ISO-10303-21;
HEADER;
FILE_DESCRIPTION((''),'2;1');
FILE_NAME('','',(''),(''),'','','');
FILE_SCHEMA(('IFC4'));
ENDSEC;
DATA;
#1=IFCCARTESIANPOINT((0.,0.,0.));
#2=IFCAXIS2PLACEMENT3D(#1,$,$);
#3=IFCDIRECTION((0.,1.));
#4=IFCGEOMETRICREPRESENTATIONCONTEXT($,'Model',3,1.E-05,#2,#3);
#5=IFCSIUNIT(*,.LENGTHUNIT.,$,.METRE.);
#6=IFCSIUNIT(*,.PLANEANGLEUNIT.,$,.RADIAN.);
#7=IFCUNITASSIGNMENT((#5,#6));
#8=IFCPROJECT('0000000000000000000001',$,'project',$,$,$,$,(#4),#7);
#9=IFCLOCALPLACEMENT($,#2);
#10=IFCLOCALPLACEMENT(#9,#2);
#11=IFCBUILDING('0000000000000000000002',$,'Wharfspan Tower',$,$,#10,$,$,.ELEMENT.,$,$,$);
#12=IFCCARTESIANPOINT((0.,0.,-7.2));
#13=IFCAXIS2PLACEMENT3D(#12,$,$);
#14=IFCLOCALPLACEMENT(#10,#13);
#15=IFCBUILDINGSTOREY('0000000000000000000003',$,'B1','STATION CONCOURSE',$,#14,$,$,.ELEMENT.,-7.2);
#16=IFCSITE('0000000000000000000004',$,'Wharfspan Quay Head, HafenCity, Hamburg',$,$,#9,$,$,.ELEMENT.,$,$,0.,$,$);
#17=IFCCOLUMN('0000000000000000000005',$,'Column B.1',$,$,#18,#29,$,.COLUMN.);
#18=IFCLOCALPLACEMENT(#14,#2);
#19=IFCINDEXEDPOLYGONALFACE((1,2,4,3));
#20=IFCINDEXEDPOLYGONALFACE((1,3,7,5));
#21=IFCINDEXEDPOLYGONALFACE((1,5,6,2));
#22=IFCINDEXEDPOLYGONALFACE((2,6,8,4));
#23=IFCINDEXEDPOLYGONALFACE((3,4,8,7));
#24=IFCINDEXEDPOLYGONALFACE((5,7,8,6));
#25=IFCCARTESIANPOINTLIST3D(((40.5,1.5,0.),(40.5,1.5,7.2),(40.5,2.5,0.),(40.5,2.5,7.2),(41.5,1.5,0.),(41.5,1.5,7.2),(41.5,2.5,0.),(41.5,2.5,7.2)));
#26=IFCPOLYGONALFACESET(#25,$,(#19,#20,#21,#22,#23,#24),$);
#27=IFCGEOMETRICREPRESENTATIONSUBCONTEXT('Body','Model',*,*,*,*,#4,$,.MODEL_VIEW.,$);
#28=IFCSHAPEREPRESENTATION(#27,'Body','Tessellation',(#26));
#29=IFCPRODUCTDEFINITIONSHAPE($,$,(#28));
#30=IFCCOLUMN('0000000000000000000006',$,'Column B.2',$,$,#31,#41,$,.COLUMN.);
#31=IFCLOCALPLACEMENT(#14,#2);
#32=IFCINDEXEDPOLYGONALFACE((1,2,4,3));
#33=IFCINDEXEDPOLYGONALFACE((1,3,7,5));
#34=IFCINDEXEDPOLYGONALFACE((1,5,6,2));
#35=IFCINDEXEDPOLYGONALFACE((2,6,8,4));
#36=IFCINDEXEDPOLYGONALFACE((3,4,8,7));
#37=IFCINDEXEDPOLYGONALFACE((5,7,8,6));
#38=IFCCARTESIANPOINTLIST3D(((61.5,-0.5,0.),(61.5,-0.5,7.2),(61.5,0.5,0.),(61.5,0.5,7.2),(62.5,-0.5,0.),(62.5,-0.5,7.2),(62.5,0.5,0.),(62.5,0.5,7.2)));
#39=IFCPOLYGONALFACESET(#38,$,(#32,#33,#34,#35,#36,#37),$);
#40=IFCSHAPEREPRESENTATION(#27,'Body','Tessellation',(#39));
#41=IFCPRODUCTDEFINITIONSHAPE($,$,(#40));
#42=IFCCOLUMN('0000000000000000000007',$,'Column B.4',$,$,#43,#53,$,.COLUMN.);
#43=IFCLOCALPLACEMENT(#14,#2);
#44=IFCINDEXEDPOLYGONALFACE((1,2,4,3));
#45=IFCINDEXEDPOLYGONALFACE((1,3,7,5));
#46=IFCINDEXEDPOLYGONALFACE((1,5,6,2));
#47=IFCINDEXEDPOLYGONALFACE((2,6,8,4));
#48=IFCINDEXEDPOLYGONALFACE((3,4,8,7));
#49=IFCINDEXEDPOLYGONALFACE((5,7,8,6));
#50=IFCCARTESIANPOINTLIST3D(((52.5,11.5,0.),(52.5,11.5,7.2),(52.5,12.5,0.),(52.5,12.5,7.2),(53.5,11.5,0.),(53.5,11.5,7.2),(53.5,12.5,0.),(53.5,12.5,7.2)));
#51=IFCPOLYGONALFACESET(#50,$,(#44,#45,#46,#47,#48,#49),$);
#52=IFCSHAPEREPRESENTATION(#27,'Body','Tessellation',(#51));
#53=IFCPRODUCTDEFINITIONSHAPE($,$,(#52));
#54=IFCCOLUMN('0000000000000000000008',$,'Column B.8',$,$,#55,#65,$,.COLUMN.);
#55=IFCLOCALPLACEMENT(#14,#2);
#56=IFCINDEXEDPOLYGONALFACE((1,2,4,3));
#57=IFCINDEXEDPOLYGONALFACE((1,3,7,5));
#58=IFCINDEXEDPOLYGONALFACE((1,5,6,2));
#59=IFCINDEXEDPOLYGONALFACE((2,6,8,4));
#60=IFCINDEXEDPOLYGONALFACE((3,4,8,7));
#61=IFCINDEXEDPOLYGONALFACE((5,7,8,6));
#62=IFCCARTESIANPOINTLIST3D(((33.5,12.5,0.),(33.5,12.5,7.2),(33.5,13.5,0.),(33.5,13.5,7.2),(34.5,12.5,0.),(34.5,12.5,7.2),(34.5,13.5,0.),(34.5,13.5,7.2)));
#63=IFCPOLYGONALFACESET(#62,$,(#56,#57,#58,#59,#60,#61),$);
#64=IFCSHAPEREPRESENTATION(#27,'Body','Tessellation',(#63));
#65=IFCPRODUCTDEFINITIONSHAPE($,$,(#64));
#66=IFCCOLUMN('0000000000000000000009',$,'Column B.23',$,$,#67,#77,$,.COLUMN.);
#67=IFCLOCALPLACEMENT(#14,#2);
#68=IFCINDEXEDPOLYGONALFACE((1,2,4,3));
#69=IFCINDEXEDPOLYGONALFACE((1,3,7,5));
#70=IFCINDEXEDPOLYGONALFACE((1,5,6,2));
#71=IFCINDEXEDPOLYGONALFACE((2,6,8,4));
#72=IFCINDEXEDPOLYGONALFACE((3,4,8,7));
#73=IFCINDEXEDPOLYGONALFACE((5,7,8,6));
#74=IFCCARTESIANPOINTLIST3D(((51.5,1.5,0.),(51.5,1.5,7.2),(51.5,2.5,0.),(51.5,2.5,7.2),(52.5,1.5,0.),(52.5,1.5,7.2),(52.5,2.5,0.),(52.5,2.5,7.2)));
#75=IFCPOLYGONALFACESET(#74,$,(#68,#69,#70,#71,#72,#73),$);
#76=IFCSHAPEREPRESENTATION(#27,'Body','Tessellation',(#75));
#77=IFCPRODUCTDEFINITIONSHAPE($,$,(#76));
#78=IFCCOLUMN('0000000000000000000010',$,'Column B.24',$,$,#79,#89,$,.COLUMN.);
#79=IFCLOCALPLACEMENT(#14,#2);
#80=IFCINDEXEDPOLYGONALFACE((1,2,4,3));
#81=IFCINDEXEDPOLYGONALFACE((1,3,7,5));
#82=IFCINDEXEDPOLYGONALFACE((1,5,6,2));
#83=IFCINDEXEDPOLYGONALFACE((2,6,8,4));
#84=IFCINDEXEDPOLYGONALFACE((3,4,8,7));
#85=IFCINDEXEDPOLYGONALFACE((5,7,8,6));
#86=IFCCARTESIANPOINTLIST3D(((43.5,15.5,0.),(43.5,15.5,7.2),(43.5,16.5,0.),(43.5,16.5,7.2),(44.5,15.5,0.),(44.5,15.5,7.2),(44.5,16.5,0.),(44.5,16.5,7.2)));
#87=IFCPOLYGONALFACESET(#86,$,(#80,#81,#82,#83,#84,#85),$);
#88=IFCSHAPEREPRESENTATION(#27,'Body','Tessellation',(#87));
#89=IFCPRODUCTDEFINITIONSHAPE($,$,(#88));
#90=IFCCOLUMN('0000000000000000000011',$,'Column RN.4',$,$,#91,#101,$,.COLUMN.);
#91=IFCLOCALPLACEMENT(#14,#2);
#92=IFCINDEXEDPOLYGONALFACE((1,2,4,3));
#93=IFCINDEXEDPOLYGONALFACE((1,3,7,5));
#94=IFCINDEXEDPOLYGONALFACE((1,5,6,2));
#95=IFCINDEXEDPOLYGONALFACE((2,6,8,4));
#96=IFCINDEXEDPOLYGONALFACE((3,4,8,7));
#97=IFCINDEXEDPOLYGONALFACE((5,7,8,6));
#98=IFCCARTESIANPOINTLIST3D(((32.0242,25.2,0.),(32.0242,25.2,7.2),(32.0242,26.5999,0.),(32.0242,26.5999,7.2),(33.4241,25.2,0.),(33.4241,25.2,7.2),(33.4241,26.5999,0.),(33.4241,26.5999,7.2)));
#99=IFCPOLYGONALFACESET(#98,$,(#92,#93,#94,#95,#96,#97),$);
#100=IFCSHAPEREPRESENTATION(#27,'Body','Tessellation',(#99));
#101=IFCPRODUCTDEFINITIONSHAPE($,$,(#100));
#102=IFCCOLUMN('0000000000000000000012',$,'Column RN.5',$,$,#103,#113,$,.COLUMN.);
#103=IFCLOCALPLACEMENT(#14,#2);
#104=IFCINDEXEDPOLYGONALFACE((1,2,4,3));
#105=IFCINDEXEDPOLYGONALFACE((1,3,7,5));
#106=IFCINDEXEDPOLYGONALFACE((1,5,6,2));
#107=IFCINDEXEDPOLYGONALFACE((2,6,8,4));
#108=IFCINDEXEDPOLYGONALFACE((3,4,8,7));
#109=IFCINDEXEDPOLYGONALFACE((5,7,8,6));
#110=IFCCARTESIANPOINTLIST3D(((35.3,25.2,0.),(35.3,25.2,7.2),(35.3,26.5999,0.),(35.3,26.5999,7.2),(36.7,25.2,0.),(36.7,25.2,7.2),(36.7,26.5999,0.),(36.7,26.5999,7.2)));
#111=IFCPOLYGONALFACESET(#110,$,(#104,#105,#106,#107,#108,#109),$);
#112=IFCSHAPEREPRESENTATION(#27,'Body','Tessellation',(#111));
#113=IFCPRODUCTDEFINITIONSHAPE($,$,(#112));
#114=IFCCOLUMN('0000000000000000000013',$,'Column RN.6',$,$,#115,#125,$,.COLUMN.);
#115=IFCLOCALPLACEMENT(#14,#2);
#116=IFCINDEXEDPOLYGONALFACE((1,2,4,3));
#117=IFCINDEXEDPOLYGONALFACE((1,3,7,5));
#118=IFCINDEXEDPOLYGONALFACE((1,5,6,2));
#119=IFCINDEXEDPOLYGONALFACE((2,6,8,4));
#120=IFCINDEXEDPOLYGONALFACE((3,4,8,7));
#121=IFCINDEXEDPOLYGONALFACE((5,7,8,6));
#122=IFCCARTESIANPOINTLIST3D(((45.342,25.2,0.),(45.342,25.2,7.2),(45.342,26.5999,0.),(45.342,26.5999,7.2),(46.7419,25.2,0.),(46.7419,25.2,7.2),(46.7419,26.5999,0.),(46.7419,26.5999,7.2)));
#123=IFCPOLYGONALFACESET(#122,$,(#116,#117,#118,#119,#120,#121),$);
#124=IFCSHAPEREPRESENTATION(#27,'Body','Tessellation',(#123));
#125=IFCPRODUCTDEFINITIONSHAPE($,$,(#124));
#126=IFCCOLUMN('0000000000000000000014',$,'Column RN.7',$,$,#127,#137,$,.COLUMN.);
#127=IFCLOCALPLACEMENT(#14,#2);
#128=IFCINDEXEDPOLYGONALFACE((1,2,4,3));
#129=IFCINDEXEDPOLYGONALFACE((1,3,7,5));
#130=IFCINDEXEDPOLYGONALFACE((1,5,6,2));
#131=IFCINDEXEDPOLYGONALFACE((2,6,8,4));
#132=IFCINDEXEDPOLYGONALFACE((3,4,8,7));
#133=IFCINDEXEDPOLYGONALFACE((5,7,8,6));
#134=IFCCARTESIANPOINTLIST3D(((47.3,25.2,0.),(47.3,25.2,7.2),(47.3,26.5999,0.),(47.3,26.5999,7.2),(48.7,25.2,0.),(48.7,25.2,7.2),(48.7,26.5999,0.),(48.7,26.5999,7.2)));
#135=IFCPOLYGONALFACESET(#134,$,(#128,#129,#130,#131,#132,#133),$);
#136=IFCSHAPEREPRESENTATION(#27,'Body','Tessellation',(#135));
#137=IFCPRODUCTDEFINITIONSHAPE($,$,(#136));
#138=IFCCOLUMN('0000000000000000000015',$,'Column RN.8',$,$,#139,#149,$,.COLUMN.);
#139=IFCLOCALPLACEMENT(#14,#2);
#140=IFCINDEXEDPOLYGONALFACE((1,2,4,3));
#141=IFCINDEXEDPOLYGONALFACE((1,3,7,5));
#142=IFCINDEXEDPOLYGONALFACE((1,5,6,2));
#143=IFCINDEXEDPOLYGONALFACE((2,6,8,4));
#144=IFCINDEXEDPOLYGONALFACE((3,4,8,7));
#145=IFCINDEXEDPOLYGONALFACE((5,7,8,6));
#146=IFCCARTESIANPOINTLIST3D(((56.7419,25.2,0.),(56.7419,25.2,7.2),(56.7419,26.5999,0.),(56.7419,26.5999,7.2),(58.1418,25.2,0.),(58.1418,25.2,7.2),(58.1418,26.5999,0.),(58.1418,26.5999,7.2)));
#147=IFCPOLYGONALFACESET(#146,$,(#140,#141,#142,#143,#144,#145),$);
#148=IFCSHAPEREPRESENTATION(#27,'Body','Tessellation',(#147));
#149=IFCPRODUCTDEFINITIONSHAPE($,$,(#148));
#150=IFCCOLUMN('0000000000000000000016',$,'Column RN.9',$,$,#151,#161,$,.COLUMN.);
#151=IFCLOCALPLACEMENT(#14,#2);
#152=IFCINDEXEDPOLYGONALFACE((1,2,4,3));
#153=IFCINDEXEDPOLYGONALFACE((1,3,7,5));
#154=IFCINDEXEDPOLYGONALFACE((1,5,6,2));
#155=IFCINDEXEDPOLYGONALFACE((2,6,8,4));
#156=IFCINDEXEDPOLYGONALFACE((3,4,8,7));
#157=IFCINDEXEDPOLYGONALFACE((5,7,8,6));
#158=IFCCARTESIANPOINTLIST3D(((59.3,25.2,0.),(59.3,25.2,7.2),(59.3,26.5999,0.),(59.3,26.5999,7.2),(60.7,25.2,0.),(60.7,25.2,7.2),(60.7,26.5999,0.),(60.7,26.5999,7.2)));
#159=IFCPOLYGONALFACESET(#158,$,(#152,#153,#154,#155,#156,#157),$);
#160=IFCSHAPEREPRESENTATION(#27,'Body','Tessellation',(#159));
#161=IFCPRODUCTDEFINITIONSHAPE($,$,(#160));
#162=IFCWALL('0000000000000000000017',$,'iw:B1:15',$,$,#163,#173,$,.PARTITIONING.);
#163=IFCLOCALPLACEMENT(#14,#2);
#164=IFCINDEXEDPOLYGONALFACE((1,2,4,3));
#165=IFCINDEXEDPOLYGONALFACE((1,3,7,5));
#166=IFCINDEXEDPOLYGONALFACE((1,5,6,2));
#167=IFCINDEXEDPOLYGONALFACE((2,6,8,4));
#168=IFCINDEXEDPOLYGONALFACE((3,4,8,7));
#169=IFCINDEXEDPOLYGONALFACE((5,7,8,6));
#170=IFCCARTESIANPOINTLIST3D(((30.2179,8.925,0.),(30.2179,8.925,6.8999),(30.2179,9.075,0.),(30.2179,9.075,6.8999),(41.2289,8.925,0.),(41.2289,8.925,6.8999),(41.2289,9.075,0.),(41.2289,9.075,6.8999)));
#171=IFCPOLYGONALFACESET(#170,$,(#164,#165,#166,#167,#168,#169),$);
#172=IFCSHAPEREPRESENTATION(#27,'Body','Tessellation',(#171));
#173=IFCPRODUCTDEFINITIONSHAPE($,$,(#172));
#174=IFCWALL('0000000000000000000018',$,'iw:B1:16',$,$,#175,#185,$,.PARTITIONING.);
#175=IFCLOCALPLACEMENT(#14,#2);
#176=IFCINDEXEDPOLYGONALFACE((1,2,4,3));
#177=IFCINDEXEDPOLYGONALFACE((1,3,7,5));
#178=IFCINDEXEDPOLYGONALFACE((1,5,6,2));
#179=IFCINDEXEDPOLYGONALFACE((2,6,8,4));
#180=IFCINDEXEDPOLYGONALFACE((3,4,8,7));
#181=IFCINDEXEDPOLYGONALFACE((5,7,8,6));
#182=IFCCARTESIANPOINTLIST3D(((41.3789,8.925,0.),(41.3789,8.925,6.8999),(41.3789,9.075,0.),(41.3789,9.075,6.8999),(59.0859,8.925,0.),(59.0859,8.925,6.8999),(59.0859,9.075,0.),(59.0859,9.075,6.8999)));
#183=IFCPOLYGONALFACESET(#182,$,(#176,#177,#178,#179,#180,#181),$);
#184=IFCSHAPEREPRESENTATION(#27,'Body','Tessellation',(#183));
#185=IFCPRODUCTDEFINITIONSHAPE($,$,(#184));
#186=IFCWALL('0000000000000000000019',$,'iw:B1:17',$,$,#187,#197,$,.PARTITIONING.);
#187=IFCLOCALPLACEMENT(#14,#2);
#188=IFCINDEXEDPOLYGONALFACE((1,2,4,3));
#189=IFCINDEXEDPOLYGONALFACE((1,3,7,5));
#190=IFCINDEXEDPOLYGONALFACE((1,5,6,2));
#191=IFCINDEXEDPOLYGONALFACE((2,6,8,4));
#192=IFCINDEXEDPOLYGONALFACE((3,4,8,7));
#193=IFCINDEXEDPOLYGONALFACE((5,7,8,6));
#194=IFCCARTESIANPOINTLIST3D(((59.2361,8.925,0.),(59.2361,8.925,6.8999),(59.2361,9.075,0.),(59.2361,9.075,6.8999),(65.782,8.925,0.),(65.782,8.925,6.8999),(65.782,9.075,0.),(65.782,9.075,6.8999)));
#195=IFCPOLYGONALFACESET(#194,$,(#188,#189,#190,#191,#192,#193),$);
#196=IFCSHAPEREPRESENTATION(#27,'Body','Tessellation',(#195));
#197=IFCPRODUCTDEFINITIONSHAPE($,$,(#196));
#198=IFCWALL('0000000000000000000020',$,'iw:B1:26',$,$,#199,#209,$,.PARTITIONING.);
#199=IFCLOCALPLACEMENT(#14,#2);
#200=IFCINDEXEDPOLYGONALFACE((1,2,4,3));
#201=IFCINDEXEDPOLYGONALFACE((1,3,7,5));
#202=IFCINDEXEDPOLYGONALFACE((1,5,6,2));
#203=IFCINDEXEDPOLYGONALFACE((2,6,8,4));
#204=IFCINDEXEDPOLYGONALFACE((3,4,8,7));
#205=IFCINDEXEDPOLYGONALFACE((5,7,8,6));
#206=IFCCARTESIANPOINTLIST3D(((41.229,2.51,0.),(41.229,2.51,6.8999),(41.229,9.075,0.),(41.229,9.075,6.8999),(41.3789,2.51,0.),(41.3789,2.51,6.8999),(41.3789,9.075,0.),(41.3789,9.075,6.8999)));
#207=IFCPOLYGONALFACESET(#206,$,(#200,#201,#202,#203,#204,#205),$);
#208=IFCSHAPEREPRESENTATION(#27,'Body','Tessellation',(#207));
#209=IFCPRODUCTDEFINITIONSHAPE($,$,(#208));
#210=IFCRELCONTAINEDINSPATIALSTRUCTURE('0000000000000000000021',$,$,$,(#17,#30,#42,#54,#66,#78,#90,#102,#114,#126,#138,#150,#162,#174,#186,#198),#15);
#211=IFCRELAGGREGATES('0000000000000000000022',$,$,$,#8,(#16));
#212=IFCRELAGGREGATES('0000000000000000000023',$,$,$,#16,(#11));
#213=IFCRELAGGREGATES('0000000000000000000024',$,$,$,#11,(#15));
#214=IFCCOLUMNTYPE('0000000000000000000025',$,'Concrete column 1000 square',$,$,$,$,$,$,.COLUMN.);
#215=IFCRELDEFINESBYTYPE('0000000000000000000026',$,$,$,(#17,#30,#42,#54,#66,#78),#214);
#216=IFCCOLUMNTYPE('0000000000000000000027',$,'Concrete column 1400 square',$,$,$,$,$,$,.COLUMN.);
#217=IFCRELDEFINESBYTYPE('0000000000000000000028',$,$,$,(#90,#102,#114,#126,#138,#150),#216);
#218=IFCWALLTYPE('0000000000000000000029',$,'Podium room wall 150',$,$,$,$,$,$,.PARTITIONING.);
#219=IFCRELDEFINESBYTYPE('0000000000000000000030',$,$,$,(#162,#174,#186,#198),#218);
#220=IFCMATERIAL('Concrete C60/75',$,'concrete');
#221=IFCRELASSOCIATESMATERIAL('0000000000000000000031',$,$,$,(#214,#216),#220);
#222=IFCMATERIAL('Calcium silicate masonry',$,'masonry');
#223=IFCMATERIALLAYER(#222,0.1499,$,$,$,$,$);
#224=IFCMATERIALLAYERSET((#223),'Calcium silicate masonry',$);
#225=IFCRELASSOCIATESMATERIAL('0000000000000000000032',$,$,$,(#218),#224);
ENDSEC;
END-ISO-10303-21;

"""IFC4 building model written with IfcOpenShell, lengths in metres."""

from ifc_helpers import new_model, si_unit, direction, frame, frame_2d, origin, origin_2d, place, context, subcontext, project, spatial, rectangle, extrude, material, layer, layer_set, material_profile, profile_set, type_object, element, save


model = new_model("IFC4")

# Units and contexts
model_context = context("Model", 3, precision=1e-05, world=origin(), true_north=direction((0.0, 1.0)))
body_context = subcontext(model_context, "Body", "Model", "MODEL_VIEW")
ifc_project = project(units=[si_unit("LENGTHUNIT", "METRE"), si_unit("PLANEANGLEUNIT", "RADIAN")], contexts=[model_context])

# Site, building, storey
site_placement = place(None, origin())
site = spatial("IfcSite", under=ifc_project, at=site_placement, Name="Wharfspan Quay Head, HafenCity, Hamburg", CompositionType="ELEMENT", RefElevation=0.0)
building_placement = place(site_placement, origin())
building = spatial("IfcBuilding", under=site, at=building_placement, Name="Wharfspan Tower", CompositionType="ELEMENT")
storey_placement = place(building_placement, frame((0.0, 0.0, -7.2)))
storey = spatial("IfcBuildingStorey", under=building, at=storey_placement, Name="B1", Description="STATION CONCOURSE", CompositionType="ELEMENT", Elevation=-7.2)

# Columns
ifc_material_1 = material(Name="Concrete C60/75", Category="concrete")
ifc_material_profile_1 = material_profile(ifc_material_1, rectangle(XDim=1.0, YDim=1.0, at=origin_2d()))
ifc_profile_set_1 = profile_set([ifc_material_profile_1], Name="Concrete C60/75")
column_type_1 = type_object("IfcColumnType", Name="Concrete column 1000 square", PredefinedType="COLUMN", material=ifc_profile_set_1)
for number, where, z_axis, x_axis, name in (
    (1, (41.0, 2.0, 0.0), (0.0, 0.0, 1.0), (1.0, 0.0, 0.0), "Column B.1"),
    (2, (62.0, 0.0, 0.0), (0.0, 0.0, 1.0), (1.0, 0.0, 0.0), "Column B.2"),
    (3, (53.0, 12.0, 0.0), (0.0, 0.0, 1.0), (1.0, 0.0, 0.0), "Column B.4"),
    (4, (34.0, 13.0, 0.0), (0.0, 0.0, 1.0), (1.0, 0.0, 0.0), "Column B.8"),
    (5, (52.0, 2.0, 0.0), (0.0, 0.0, 1.0), (1.0, 0.0, 0.0), "Column B.23"),
    (6, (44.0, 16.0, 0.0), (0.0, 0.0, 1.0), (1.0, 0.0, 0.0), "Column B.24"),
):
    element("IfcColumn", number, at=place(storey_placement, frame(where, z_axis=z_axis, x_axis=x_axis)), inside=storey, type_object=column_type_1, Name=name, PredefinedType="COLUMN", context=body_context, shape_type="SweptSolid", body=[
        extrude(rectangle(XDim=1.0, YDim=1.0, at=origin_2d()), origin(), (0.0, 0.0, 1.0), 7.2),
    ])
ifc_material_profile_2 = material_profile(ifc_material_1, rectangle(XDim=1.3999, YDim=1.3999, at=origin_2d()))
ifc_profile_set_2 = profile_set([ifc_material_profile_2], Name="Concrete C60/75")
column_type_2 = type_object("IfcColumnType", Name="Concrete column 1400 square", PredefinedType="COLUMN", material=ifc_profile_set_2)
for number, where, z_axis, x_axis, name in (
    (7, (32.7241, 25.8999, 0.0), (0.0, 0.0, 1.0), (1.0, 0.0, 0.0), "Column RN.4"),
    (8, (36.0, 25.8999, 0.0), (0.0, 0.0, 1.0), (1.0, 0.0, 0.0), "Column RN.5"),
    (9, (46.042, 25.8999, 0.0), (0.0, 0.0, 1.0), (1.0, 0.0, 0.0), "Column RN.6"),
    (10, (48.0, 25.8999, 0.0), (0.0, 0.0, 1.0), (1.0, 0.0, 0.0), "Column RN.7"),
    (11, (57.4419, 25.8999, 0.0), (0.0, 0.0, 1.0), (1.0, 0.0, 0.0), "Column RN.8"),
    (12, (60.0, 25.8999, 0.0), (0.0, 0.0, 1.0), (1.0, 0.0, 0.0), "Column RN.9"),
):
    element("IfcColumn", number, at=place(storey_placement, frame(where, z_axis=z_axis, x_axis=x_axis)), inside=storey, type_object=column_type_2, Name=name, PredefinedType="COLUMN", context=body_context, shape_type="SweptSolid", body=[
        extrude(rectangle(XDim=1.3999, YDim=1.3999, at=origin_2d()), origin(), (0.0, 0.0, 1.0), 7.2),
    ])

# Walls
ifc_material_2 = material(Name="Calcium silicate masonry", Category="masonry")
ifc_layer = layer(ifc_material_2, 0.1499)
ifc_layer_set = layer_set([ifc_layer], Name="Calcium silicate masonry")
wall_type = type_object("IfcWallType", Name="Podium room wall 150", PredefinedType="PARTITIONING", material=ifc_layer_set)
wall_1_placement = place(storey_placement, frame((30.218, 9.0, 0.0), z_axis=(0.0, 0.0, 1.0), x_axis=(1.0, 0.0, 0.0)))
element("IfcWall", 13, at=wall_1_placement, inside=storey, type_object=wall_type, Name="iw:B1:15", PredefinedType="PARTITIONING", context=body_context, shape_type="SweptSolid", body=[
    extrude(rectangle(XDim=11.011, YDim=0.1499, at=frame_2d((5.5054, 0.0))), origin(), (0.0, 0.0, 1.0), 6.8999),
])
wall_2_placement = place(storey_placement, frame((41.3789, 9.0, 0.0), z_axis=(0.0, 0.0, 1.0), x_axis=(1.0, 0.0, 0.0)))
element("IfcWall", 14, at=wall_2_placement, inside=storey, type_object=wall_type, Name="iw:B1:16", PredefinedType="PARTITIONING", context=body_context, shape_type="SweptSolid", body=[
    extrude(rectangle(XDim=17.707, YDim=0.1499, at=frame_2d((8.8535, 0.0))), origin(), (0.0, 0.0, 1.0), 6.8999),
])
wall_3_placement = place(storey_placement, frame((59.2361, 9.0, 0.0), z_axis=(0.0, 0.0, 1.0), x_axis=(1.0, 0.0, 0.0)))
element("IfcWall", 15, at=wall_3_placement, inside=storey, type_object=wall_type, Name="iw:B1:17", PredefinedType="PARTITIONING", context=body_context, shape_type="SweptSolid", body=[
    extrude(rectangle(XDim=6.5459, YDim=0.1499, at=frame_2d((3.2729, 0.0))), origin(), (0.0, 0.0, 1.0), 6.8999),
])
wall_4_placement = place(storey_placement, frame((41.304, 2.51, 0.0), z_axis=(0.0, 0.0, 1.0), x_axis=(0.0, 1.0, 0.0)))
element("IfcWall", 16, at=wall_4_placement, inside=storey, type_object=wall_type, Name="iw:B1:26", PredefinedType="PARTITIONING", context=body_context, shape_type="SweptSolid", body=[
    extrude(rectangle(XDim=6.5649, YDim=0.1499, at=frame_2d((3.2825, 0.0))), origin(), (0.0, 0.0, 1.0), 6.8999),
])

save(model, "model.ifc")
